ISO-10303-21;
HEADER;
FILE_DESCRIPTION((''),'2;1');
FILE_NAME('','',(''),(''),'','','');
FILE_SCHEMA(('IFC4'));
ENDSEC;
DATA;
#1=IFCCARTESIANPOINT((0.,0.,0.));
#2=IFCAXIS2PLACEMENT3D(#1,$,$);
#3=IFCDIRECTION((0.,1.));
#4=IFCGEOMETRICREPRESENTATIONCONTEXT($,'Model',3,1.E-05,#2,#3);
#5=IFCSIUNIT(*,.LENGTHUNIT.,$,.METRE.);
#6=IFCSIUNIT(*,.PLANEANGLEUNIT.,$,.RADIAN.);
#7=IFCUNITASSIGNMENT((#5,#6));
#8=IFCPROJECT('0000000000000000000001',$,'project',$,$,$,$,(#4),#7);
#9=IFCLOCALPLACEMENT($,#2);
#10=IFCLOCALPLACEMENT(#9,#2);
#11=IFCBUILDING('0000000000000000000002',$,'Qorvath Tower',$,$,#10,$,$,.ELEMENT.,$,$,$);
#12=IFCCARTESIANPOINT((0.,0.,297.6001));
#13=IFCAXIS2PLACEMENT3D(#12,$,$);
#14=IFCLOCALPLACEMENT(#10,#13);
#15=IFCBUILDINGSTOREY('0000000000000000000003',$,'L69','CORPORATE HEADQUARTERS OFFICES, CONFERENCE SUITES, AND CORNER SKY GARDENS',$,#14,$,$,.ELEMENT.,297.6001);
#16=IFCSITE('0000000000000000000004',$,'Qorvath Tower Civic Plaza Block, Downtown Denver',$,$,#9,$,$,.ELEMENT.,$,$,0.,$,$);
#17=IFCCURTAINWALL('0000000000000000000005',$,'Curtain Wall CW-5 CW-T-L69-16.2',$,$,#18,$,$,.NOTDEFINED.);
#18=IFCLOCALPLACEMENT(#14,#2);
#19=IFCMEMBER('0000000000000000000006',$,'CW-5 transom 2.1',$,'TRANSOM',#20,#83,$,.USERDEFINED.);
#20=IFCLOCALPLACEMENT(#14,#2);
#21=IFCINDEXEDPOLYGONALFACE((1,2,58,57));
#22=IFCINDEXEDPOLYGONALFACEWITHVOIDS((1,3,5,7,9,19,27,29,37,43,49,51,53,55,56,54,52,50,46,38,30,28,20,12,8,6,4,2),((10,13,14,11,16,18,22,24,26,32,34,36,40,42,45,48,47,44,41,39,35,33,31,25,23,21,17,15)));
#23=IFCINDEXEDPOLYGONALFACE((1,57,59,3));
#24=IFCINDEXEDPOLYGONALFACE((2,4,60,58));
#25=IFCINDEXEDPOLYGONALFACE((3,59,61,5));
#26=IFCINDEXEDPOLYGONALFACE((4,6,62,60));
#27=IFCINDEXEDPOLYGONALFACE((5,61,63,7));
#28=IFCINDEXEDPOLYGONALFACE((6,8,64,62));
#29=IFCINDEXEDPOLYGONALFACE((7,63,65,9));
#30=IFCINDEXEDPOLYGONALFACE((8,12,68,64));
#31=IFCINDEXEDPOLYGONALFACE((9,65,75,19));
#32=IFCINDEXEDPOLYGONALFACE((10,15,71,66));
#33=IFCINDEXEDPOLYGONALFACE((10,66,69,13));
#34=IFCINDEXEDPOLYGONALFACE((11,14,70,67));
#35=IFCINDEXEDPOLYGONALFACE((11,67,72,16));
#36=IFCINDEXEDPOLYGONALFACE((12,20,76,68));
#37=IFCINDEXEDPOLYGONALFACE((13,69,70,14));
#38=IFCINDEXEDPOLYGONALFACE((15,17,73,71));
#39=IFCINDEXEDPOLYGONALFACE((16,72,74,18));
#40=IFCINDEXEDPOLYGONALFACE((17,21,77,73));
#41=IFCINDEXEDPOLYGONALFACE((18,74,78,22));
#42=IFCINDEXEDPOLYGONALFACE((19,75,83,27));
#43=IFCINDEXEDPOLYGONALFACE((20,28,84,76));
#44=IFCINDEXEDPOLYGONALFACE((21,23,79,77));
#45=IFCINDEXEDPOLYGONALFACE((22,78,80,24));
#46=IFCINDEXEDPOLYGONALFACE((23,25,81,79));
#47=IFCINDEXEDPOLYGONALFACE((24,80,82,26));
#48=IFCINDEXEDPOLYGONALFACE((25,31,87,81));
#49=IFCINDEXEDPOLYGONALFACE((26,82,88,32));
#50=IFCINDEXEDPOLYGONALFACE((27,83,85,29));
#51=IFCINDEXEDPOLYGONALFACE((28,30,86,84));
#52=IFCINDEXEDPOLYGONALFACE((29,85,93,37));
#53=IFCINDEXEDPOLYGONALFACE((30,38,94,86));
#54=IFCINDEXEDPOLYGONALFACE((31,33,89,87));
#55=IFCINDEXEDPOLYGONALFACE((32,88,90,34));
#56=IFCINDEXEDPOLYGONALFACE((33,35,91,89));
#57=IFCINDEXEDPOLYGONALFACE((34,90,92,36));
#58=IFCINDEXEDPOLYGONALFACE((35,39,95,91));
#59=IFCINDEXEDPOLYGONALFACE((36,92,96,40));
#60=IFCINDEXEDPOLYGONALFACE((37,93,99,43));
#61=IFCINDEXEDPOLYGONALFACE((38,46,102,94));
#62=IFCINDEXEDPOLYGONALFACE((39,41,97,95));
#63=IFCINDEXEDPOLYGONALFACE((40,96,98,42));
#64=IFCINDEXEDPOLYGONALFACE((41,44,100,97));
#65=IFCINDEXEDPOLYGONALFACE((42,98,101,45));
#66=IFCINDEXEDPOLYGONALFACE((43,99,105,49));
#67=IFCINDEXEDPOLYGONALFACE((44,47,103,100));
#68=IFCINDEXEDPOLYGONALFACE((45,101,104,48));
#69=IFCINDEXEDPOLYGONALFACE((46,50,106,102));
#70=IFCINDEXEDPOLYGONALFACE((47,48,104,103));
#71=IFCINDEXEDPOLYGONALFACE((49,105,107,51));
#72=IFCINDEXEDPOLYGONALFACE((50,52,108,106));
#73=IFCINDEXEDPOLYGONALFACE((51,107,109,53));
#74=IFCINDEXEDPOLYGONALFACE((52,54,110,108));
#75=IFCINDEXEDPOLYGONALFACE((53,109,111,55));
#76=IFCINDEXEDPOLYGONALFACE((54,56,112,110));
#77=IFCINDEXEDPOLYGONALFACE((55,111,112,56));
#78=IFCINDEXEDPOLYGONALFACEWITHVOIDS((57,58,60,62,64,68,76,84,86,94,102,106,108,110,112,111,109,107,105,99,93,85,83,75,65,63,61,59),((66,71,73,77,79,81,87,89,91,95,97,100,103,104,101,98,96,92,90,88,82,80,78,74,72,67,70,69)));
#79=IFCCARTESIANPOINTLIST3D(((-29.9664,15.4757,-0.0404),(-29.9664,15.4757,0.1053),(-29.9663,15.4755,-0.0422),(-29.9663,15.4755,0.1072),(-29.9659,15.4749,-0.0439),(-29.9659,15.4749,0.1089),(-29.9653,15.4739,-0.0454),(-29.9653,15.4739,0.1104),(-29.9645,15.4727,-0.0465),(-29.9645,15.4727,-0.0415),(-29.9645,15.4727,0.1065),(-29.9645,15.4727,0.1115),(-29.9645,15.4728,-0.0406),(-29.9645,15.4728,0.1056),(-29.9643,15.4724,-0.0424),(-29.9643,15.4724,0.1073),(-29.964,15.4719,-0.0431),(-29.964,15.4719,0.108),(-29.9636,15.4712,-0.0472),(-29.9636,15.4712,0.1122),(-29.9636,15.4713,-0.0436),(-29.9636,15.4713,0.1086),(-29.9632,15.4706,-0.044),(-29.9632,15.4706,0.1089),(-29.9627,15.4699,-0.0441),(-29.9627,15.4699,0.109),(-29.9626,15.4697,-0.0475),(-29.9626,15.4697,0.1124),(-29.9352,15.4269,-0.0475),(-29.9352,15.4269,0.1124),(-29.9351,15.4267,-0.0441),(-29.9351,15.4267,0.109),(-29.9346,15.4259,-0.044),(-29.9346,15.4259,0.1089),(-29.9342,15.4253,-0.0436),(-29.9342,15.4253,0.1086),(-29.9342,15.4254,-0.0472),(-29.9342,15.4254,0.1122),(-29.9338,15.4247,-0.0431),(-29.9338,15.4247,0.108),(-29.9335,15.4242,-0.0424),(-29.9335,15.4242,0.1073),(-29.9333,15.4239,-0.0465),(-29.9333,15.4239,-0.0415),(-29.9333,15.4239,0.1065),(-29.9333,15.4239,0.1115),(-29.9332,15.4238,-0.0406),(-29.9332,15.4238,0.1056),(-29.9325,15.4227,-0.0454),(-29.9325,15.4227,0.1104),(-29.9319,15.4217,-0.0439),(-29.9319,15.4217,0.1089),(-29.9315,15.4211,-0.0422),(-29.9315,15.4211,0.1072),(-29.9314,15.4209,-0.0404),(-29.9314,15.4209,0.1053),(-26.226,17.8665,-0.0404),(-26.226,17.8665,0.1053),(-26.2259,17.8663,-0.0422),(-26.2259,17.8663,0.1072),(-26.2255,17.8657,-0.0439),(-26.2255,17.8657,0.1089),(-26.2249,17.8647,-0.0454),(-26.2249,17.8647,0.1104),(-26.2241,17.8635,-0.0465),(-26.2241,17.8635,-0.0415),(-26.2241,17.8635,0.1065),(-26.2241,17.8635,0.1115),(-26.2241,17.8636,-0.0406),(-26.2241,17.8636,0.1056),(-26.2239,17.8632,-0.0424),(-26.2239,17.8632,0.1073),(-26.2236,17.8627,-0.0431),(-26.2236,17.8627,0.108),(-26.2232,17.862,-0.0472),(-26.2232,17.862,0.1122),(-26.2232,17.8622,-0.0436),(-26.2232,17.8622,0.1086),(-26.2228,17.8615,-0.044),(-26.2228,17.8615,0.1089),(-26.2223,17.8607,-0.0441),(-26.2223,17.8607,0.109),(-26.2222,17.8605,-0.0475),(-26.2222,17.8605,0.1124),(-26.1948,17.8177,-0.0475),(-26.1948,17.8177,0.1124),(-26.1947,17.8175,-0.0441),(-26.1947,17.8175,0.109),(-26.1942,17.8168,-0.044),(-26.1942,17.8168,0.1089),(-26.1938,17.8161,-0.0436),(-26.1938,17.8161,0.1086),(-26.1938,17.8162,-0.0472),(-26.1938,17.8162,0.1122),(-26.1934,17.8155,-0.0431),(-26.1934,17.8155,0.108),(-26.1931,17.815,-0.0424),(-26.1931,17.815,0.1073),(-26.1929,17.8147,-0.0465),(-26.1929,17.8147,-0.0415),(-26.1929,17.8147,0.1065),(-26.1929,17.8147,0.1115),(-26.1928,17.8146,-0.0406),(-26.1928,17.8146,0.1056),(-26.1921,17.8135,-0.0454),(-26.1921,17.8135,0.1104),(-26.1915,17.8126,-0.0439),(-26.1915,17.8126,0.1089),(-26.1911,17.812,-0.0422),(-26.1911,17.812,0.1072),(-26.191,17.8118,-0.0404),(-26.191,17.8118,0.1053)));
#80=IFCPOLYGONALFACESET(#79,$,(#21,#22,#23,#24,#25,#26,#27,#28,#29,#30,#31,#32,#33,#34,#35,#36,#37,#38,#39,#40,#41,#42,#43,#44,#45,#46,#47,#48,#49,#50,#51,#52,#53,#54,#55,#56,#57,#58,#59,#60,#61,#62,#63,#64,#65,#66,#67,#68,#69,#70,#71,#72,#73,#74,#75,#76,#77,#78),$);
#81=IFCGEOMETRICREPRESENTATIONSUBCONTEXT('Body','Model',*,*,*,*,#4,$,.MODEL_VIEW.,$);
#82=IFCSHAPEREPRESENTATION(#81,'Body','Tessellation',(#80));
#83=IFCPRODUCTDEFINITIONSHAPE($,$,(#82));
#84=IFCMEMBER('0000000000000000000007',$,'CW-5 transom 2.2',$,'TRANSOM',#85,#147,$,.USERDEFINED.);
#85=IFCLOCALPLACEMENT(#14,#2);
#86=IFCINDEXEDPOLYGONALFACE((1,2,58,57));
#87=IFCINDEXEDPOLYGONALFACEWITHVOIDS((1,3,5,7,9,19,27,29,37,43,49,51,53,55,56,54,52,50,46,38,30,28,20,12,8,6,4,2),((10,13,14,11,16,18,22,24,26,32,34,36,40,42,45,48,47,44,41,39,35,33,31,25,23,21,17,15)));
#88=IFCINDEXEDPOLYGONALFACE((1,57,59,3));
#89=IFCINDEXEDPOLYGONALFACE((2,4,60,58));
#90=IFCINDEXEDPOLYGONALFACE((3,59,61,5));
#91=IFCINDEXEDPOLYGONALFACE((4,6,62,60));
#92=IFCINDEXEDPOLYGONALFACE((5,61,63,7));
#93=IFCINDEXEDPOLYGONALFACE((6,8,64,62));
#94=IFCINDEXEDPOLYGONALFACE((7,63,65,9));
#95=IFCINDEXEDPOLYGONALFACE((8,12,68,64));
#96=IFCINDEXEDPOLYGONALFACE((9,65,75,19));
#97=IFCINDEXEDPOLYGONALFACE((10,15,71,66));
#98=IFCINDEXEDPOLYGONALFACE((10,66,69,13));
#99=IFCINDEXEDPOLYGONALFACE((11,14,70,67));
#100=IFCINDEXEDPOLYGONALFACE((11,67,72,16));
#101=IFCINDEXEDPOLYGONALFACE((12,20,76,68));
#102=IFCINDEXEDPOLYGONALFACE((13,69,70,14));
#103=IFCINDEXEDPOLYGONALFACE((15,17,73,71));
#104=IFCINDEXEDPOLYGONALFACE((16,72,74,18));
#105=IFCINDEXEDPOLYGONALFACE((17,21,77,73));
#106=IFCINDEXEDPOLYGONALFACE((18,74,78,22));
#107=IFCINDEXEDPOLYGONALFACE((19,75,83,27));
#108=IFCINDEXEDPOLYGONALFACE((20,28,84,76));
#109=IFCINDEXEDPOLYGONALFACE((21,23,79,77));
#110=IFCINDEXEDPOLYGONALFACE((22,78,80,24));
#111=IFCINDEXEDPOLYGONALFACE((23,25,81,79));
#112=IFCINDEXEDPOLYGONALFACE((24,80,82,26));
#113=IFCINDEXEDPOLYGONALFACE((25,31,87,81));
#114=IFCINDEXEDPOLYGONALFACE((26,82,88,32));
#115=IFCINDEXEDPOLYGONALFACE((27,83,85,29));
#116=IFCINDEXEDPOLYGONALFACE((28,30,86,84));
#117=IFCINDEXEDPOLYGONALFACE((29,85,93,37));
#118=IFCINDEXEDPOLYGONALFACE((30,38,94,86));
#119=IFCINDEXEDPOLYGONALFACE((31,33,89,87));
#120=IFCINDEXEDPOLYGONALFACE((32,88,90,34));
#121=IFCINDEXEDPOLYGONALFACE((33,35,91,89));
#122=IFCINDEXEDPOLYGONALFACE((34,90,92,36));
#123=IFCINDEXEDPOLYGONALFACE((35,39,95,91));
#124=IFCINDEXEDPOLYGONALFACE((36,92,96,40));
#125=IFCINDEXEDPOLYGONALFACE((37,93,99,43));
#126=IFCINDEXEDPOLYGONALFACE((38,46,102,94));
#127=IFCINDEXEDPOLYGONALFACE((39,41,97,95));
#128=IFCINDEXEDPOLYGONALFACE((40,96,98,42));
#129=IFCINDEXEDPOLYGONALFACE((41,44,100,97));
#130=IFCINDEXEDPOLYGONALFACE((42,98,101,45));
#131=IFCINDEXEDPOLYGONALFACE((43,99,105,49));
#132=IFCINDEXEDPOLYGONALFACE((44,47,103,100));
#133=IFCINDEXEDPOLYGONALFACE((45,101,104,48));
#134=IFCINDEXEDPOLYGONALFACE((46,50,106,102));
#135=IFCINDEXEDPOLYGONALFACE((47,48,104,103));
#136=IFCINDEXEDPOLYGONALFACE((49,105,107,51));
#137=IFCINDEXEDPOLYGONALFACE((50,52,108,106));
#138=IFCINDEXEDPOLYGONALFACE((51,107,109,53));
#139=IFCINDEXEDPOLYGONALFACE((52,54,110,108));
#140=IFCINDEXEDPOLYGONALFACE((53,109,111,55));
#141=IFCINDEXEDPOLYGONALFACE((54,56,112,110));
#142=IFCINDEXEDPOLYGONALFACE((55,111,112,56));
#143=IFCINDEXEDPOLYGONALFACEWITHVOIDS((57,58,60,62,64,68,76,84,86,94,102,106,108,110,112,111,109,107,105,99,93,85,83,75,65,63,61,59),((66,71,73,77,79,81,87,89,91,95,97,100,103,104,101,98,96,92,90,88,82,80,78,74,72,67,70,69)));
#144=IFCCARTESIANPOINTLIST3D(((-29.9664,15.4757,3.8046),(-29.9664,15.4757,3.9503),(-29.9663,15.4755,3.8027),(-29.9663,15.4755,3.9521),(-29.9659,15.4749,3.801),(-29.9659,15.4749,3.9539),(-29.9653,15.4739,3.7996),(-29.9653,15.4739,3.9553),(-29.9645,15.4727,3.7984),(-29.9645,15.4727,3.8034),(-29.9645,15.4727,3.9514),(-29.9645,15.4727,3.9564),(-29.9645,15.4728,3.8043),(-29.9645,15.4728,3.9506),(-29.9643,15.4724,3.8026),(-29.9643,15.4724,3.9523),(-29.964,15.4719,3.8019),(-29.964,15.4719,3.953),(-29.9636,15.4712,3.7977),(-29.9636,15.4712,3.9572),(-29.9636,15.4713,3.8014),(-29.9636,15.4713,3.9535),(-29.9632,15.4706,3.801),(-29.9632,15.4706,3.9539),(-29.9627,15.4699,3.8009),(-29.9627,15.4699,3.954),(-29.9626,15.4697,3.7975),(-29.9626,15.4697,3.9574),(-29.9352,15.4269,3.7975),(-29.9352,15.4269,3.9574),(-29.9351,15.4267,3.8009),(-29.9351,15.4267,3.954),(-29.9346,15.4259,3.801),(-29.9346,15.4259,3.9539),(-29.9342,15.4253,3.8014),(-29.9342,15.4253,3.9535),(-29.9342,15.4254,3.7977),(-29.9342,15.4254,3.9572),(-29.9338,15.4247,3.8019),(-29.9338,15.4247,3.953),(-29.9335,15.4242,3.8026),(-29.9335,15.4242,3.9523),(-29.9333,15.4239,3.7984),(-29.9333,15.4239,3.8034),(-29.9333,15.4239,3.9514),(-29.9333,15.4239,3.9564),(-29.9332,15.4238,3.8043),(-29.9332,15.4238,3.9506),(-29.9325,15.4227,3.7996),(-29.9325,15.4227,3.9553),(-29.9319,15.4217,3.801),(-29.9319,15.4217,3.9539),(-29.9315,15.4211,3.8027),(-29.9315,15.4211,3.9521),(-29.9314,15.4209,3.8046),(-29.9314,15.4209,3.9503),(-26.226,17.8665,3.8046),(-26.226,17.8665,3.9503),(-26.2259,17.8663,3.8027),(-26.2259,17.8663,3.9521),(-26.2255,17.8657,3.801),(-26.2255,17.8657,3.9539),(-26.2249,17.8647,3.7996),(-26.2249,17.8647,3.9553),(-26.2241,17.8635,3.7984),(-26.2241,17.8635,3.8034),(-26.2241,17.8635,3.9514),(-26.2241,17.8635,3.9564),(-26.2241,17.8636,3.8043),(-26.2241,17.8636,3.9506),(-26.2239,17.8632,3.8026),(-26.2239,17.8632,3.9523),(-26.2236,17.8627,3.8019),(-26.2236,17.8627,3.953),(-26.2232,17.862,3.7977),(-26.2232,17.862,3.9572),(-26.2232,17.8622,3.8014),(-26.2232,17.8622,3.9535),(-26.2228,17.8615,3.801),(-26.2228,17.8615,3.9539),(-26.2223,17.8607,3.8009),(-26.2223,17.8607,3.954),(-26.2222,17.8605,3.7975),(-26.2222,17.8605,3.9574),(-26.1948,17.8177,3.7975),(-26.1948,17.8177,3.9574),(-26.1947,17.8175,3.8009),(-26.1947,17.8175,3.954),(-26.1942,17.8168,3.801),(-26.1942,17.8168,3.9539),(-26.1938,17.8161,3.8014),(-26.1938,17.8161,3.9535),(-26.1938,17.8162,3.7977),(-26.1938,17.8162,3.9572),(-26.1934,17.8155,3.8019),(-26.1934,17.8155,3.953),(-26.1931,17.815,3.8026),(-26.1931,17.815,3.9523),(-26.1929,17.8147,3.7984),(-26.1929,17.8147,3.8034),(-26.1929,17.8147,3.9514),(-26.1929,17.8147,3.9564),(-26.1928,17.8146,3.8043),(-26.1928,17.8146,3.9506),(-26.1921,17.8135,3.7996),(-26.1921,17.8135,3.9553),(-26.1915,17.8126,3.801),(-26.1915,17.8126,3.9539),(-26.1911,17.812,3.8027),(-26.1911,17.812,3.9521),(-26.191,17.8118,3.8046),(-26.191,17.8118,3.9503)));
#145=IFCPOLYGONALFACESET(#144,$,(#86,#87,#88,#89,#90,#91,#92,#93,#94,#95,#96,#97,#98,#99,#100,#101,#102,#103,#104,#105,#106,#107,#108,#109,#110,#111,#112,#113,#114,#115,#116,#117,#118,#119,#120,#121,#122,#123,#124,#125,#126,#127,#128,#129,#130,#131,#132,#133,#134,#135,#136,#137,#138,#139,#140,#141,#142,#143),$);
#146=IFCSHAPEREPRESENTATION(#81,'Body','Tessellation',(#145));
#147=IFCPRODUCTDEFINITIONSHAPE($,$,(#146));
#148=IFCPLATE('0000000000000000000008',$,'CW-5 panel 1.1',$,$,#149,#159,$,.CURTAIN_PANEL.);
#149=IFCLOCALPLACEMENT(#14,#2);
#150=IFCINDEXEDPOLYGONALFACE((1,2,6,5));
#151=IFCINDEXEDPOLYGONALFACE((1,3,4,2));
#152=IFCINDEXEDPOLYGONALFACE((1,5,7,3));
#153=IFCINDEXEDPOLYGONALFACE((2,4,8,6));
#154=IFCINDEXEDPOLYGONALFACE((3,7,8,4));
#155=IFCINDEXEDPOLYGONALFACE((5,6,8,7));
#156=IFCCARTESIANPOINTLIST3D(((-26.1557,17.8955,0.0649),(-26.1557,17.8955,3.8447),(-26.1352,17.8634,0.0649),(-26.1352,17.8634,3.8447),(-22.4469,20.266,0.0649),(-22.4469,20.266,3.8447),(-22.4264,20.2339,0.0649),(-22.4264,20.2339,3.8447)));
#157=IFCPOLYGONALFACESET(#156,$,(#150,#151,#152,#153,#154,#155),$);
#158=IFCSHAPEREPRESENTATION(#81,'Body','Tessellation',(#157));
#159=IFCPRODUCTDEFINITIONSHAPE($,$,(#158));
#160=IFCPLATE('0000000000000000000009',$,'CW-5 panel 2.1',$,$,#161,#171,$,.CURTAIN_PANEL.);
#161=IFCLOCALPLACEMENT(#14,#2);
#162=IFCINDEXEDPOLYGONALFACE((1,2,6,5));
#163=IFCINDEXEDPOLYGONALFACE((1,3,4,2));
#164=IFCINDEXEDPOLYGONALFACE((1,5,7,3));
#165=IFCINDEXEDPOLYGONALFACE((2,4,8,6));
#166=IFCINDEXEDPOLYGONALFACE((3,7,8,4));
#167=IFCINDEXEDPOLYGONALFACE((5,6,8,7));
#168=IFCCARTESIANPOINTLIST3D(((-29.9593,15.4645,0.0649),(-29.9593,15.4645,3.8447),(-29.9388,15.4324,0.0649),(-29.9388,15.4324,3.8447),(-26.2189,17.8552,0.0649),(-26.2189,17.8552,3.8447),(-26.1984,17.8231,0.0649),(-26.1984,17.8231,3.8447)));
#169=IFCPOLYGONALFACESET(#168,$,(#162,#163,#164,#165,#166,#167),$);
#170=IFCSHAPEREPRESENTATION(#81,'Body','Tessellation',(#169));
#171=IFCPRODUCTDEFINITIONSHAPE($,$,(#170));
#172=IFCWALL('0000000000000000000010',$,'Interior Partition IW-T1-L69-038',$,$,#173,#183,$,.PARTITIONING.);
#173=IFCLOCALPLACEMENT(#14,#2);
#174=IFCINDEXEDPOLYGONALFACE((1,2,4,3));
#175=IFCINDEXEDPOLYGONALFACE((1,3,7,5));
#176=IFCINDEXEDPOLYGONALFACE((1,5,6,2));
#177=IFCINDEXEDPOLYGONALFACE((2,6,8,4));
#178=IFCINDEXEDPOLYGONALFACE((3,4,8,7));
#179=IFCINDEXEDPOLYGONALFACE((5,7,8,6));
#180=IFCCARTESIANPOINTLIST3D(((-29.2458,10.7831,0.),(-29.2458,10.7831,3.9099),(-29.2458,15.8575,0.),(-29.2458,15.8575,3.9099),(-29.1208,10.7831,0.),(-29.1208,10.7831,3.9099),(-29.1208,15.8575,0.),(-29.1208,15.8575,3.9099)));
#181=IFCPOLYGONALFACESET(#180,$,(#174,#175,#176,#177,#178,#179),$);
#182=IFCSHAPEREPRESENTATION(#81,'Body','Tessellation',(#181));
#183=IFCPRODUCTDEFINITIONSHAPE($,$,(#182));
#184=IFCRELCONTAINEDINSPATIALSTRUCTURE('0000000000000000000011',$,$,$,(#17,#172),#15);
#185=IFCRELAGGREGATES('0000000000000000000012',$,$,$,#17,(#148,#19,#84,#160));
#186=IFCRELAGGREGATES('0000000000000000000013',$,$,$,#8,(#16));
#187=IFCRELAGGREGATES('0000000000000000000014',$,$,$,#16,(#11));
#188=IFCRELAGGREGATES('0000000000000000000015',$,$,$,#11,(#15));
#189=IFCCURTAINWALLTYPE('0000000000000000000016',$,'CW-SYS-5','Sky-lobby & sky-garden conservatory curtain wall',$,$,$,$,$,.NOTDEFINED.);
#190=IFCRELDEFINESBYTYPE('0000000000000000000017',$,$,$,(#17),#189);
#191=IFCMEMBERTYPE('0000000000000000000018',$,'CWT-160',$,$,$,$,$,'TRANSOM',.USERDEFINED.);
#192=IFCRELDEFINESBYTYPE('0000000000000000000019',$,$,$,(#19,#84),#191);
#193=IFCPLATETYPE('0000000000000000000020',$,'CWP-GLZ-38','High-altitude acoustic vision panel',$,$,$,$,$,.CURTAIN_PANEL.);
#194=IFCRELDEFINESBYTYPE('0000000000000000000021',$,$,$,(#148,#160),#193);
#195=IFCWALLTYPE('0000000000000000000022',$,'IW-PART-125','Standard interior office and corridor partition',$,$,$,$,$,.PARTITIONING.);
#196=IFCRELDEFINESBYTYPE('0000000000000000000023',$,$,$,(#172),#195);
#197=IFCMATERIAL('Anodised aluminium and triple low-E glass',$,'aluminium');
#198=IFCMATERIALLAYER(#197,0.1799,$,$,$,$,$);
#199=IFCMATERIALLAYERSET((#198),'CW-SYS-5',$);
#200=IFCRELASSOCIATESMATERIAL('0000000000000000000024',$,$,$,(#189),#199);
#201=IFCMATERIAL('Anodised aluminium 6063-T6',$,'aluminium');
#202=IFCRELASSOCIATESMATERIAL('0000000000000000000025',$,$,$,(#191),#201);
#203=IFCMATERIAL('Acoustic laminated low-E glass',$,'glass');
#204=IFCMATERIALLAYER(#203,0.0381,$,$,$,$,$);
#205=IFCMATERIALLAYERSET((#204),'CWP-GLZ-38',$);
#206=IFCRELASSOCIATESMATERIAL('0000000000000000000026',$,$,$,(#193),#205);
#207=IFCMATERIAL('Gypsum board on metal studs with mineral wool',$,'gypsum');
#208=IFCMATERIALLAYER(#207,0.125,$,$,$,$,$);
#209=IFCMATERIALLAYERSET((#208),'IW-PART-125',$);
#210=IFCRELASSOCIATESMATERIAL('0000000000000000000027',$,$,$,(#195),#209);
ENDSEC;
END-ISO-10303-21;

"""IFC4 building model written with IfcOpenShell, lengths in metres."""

from ifc_helpers import new_model, si_unit, direction, frame, frame_2d, origin, origin_2d, place, context, subcontext, project, spatial, rectangle, hollow_rectangle, extrude, material, layer, layer_set, material_profile, profile_set, type_object, element, aggregate, save


model = new_model("IFC4")

# Units and contexts
model_context = context("Model", 3, precision=1e-05, world=origin(), true_north=direction((0.0, 1.0)))
body_context = subcontext(model_context, "Body", "Model", "MODEL_VIEW")
ifc_project = project(units=[si_unit("LENGTHUNIT", "METRE"), si_unit("PLANEANGLEUNIT", "RADIAN")], contexts=[model_context])

# Site, building, storey
site_placement = place(None, origin())
site = spatial("IfcSite", under=ifc_project, at=site_placement, Name="Qorvath Tower Civic Plaza Block, Downtown Denver", CompositionType="ELEMENT", RefElevation=0.0)
building_placement = place(site_placement, origin())
building = spatial("IfcBuilding", under=site, at=building_placement, Name="Qorvath Tower", CompositionType="ELEMENT")
storey_placement = place(building_placement, frame((0.0, 0.0, 297.6001)))
storey = spatial("IfcBuildingStorey", under=building, at=storey_placement, Name="L69", Description="CORPORATE HEADQUARTERS OFFICES, CONFERENCE SUITES, AND CORNER SKY GARDENS", CompositionType="ELEMENT", Elevation=297.6001)

# Curtain wall, members, plates
ifc_material_1 = material(Name="Anodised aluminium and triple low-E glass", Category="aluminium")
ifc_layer_1 = layer(ifc_material_1, 0.1799)
ifc_layer_set_1 = layer_set([ifc_layer_1], Name="CW-SYS-5")
curtain_wall_type = type_object("IfcCurtainWallType", Name="CW-SYS-5", Description="Sky-lobby & sky-garden conservatory curtain wall", PredefinedType="NOTDEFINED", material=ifc_layer_set_1)
curtain_wall_placement = place(storey_placement, origin())
curtain_wall = element("IfcCurtainWall", 1, at=curtain_wall_placement, inside=storey, type_object=curtain_wall_type, Name="Curtain Wall CW-5 CW-T-L69-16.2", PredefinedType="NOTDEFINED")
ifc_material_2 = material(Name="Anodised aluminium 6063-T6", Category="aluminium")
ifc_material_profile_1 = material_profile(ifc_material_2, hollow_rectangle(XDim=0.0649, YDim=0.1599, WallThickness=0.0034, InnerFilletRadius=0.0034, OuterFilletRadius=0.0071, at=origin_2d()), Name="CWT 160x65")
ifc_profile_set_1 = profile_set([ifc_material_profile_1], Name="Anodised aluminium 6063-T6")
member_type_1 = type_object("IfcMemberType", Name="CWT-160", ElementType="TRANSOM", PredefinedType="USERDEFINED", material=ifc_profile_set_1)
member_1_placement = place(storey_placement, frame((-26.2085, 17.8391, 0.0325), z_axis=(-0.842582, -0.538568, 0.0), x_axis=(0.538568, -0.842582, 0.0)))
member_1 = element("IfcMember", 2, at=member_1_placement, type_object=member_type_1, Name="CW-5 transom 2.1", ObjectType="TRANSOM", PredefinedType="USERDEFINED", context=body_context, shape_type="SweptSolid", body=[
    extrude(hollow_rectangle(XDim=0.0649, YDim=0.1599, WallThickness=0.0034, InnerFilletRadius=0.0034, OuterFilletRadius=0.0071, at=origin_2d()), origin(), (0.0, 0.0, 1.0), 4.4392),
])
member_2_placement = place(storey_placement, frame((-26.2085, 17.8391, 3.8774), z_axis=(-0.842582, -0.538568, 0.0), x_axis=(0.538568, -0.842582, 0.0)))
member_2 = element("IfcMember", 3, at=member_2_placement, type_object=member_type_1, Name="CW-5 transom 2.2", ObjectType="TRANSOM", PredefinedType="USERDEFINED", context=body_context, shape_type="SweptSolid", body=[
    extrude(hollow_rectangle(XDim=0.0649, YDim=0.1599, WallThickness=0.0034, InnerFilletRadius=0.0034, OuterFilletRadius=0.0071, at=origin_2d()), origin(), (0.0, 0.0, 1.0), 4.4392),
])
ifc_material_3 = material(Name="Acoustic laminated low-E glass", Category="glass")
ifc_layer_2 = layer(ifc_material_3, 0.0381)
ifc_layer_set_2 = layer_set([ifc_layer_2], Name="CWP-GLZ-38")
plate_type = type_object("IfcPlateType", Name="CWP-GLZ-38", Description="High-altitude acoustic vision panel", PredefinedType="CURTAIN_PANEL", material=ifc_layer_set_2)
plate_1_placement = place(storey_placement, frame((-24.291, 19.0647, 0.0649), z_axis=(0.0, 0.0, 1.0), x_axis=(-0.842599, -0.538541, 0.0)))
plate_1 = element("IfcPlate", 4, at=plate_1_placement, type_object=plate_type, Name="CW-5 panel 1.1", PredefinedType="CURTAIN_PANEL", context=body_context, shape_type="SweptSolid", body=[
    extrude(rectangle(XDim=4.4016, YDim=0.0381, at=origin_2d()), origin(), (0.0, 0.0, 1.0), 3.7798),
])
plate_2_placement = place(storey_placement, frame((-28.0789, 16.6438, 0.0649), z_axis=(0.0, 0.0, 1.0), x_axis=(-0.842599, -0.538541, 0.0)))
plate_2 = element("IfcPlate", 5, at=plate_2_placement, type_object=plate_type, Name="CW-5 panel 2.1", PredefinedType="CURTAIN_PANEL", context=body_context, shape_type="SweptSolid", body=[
    extrude(rectangle(XDim=4.4392, YDim=0.0381, at=origin_2d()), origin(), (0.0, 0.0, 1.0), 3.7798),
])
aggregate(curtain_wall, [plate_1, member_1, member_2, plate_2])

# Wall
ifc_material_4 = material(Name="Gypsum board on metal studs with mineral wool", Category="gypsum")
ifc_layer_3 = layer(ifc_material_4, 0.125)
ifc_layer_set_3 = layer_set([ifc_layer_3], Name="IW-PART-125")
wall_type_1 = type_object("IfcWallType", Name="IW-PART-125", Description="Standard interior office and corridor partition", PredefinedType="PARTITIONING", material=ifc_layer_set_3)
wall_1_placement = place(storey_placement, frame((-29.1833, 10.7832, 0.0), z_axis=(0.0, 0.0, 1.0), x_axis=(0.0, 1.0, 0.0)))
element("IfcWall", 6, at=wall_1_placement, inside=storey, type_object=wall_type_1, Name="Interior Partition IW-T1-L69-038", PredefinedType="PARTITIONING", context=body_context, shape_type="SweptSolid", body=[
    extrude(rectangle(XDim=5.0745, YDim=0.125, at=frame_2d((2.5371, 0.0))), origin(), (0.0, 0.0, 1.0), 3.9099),
])

save(model, "model.ifc")
